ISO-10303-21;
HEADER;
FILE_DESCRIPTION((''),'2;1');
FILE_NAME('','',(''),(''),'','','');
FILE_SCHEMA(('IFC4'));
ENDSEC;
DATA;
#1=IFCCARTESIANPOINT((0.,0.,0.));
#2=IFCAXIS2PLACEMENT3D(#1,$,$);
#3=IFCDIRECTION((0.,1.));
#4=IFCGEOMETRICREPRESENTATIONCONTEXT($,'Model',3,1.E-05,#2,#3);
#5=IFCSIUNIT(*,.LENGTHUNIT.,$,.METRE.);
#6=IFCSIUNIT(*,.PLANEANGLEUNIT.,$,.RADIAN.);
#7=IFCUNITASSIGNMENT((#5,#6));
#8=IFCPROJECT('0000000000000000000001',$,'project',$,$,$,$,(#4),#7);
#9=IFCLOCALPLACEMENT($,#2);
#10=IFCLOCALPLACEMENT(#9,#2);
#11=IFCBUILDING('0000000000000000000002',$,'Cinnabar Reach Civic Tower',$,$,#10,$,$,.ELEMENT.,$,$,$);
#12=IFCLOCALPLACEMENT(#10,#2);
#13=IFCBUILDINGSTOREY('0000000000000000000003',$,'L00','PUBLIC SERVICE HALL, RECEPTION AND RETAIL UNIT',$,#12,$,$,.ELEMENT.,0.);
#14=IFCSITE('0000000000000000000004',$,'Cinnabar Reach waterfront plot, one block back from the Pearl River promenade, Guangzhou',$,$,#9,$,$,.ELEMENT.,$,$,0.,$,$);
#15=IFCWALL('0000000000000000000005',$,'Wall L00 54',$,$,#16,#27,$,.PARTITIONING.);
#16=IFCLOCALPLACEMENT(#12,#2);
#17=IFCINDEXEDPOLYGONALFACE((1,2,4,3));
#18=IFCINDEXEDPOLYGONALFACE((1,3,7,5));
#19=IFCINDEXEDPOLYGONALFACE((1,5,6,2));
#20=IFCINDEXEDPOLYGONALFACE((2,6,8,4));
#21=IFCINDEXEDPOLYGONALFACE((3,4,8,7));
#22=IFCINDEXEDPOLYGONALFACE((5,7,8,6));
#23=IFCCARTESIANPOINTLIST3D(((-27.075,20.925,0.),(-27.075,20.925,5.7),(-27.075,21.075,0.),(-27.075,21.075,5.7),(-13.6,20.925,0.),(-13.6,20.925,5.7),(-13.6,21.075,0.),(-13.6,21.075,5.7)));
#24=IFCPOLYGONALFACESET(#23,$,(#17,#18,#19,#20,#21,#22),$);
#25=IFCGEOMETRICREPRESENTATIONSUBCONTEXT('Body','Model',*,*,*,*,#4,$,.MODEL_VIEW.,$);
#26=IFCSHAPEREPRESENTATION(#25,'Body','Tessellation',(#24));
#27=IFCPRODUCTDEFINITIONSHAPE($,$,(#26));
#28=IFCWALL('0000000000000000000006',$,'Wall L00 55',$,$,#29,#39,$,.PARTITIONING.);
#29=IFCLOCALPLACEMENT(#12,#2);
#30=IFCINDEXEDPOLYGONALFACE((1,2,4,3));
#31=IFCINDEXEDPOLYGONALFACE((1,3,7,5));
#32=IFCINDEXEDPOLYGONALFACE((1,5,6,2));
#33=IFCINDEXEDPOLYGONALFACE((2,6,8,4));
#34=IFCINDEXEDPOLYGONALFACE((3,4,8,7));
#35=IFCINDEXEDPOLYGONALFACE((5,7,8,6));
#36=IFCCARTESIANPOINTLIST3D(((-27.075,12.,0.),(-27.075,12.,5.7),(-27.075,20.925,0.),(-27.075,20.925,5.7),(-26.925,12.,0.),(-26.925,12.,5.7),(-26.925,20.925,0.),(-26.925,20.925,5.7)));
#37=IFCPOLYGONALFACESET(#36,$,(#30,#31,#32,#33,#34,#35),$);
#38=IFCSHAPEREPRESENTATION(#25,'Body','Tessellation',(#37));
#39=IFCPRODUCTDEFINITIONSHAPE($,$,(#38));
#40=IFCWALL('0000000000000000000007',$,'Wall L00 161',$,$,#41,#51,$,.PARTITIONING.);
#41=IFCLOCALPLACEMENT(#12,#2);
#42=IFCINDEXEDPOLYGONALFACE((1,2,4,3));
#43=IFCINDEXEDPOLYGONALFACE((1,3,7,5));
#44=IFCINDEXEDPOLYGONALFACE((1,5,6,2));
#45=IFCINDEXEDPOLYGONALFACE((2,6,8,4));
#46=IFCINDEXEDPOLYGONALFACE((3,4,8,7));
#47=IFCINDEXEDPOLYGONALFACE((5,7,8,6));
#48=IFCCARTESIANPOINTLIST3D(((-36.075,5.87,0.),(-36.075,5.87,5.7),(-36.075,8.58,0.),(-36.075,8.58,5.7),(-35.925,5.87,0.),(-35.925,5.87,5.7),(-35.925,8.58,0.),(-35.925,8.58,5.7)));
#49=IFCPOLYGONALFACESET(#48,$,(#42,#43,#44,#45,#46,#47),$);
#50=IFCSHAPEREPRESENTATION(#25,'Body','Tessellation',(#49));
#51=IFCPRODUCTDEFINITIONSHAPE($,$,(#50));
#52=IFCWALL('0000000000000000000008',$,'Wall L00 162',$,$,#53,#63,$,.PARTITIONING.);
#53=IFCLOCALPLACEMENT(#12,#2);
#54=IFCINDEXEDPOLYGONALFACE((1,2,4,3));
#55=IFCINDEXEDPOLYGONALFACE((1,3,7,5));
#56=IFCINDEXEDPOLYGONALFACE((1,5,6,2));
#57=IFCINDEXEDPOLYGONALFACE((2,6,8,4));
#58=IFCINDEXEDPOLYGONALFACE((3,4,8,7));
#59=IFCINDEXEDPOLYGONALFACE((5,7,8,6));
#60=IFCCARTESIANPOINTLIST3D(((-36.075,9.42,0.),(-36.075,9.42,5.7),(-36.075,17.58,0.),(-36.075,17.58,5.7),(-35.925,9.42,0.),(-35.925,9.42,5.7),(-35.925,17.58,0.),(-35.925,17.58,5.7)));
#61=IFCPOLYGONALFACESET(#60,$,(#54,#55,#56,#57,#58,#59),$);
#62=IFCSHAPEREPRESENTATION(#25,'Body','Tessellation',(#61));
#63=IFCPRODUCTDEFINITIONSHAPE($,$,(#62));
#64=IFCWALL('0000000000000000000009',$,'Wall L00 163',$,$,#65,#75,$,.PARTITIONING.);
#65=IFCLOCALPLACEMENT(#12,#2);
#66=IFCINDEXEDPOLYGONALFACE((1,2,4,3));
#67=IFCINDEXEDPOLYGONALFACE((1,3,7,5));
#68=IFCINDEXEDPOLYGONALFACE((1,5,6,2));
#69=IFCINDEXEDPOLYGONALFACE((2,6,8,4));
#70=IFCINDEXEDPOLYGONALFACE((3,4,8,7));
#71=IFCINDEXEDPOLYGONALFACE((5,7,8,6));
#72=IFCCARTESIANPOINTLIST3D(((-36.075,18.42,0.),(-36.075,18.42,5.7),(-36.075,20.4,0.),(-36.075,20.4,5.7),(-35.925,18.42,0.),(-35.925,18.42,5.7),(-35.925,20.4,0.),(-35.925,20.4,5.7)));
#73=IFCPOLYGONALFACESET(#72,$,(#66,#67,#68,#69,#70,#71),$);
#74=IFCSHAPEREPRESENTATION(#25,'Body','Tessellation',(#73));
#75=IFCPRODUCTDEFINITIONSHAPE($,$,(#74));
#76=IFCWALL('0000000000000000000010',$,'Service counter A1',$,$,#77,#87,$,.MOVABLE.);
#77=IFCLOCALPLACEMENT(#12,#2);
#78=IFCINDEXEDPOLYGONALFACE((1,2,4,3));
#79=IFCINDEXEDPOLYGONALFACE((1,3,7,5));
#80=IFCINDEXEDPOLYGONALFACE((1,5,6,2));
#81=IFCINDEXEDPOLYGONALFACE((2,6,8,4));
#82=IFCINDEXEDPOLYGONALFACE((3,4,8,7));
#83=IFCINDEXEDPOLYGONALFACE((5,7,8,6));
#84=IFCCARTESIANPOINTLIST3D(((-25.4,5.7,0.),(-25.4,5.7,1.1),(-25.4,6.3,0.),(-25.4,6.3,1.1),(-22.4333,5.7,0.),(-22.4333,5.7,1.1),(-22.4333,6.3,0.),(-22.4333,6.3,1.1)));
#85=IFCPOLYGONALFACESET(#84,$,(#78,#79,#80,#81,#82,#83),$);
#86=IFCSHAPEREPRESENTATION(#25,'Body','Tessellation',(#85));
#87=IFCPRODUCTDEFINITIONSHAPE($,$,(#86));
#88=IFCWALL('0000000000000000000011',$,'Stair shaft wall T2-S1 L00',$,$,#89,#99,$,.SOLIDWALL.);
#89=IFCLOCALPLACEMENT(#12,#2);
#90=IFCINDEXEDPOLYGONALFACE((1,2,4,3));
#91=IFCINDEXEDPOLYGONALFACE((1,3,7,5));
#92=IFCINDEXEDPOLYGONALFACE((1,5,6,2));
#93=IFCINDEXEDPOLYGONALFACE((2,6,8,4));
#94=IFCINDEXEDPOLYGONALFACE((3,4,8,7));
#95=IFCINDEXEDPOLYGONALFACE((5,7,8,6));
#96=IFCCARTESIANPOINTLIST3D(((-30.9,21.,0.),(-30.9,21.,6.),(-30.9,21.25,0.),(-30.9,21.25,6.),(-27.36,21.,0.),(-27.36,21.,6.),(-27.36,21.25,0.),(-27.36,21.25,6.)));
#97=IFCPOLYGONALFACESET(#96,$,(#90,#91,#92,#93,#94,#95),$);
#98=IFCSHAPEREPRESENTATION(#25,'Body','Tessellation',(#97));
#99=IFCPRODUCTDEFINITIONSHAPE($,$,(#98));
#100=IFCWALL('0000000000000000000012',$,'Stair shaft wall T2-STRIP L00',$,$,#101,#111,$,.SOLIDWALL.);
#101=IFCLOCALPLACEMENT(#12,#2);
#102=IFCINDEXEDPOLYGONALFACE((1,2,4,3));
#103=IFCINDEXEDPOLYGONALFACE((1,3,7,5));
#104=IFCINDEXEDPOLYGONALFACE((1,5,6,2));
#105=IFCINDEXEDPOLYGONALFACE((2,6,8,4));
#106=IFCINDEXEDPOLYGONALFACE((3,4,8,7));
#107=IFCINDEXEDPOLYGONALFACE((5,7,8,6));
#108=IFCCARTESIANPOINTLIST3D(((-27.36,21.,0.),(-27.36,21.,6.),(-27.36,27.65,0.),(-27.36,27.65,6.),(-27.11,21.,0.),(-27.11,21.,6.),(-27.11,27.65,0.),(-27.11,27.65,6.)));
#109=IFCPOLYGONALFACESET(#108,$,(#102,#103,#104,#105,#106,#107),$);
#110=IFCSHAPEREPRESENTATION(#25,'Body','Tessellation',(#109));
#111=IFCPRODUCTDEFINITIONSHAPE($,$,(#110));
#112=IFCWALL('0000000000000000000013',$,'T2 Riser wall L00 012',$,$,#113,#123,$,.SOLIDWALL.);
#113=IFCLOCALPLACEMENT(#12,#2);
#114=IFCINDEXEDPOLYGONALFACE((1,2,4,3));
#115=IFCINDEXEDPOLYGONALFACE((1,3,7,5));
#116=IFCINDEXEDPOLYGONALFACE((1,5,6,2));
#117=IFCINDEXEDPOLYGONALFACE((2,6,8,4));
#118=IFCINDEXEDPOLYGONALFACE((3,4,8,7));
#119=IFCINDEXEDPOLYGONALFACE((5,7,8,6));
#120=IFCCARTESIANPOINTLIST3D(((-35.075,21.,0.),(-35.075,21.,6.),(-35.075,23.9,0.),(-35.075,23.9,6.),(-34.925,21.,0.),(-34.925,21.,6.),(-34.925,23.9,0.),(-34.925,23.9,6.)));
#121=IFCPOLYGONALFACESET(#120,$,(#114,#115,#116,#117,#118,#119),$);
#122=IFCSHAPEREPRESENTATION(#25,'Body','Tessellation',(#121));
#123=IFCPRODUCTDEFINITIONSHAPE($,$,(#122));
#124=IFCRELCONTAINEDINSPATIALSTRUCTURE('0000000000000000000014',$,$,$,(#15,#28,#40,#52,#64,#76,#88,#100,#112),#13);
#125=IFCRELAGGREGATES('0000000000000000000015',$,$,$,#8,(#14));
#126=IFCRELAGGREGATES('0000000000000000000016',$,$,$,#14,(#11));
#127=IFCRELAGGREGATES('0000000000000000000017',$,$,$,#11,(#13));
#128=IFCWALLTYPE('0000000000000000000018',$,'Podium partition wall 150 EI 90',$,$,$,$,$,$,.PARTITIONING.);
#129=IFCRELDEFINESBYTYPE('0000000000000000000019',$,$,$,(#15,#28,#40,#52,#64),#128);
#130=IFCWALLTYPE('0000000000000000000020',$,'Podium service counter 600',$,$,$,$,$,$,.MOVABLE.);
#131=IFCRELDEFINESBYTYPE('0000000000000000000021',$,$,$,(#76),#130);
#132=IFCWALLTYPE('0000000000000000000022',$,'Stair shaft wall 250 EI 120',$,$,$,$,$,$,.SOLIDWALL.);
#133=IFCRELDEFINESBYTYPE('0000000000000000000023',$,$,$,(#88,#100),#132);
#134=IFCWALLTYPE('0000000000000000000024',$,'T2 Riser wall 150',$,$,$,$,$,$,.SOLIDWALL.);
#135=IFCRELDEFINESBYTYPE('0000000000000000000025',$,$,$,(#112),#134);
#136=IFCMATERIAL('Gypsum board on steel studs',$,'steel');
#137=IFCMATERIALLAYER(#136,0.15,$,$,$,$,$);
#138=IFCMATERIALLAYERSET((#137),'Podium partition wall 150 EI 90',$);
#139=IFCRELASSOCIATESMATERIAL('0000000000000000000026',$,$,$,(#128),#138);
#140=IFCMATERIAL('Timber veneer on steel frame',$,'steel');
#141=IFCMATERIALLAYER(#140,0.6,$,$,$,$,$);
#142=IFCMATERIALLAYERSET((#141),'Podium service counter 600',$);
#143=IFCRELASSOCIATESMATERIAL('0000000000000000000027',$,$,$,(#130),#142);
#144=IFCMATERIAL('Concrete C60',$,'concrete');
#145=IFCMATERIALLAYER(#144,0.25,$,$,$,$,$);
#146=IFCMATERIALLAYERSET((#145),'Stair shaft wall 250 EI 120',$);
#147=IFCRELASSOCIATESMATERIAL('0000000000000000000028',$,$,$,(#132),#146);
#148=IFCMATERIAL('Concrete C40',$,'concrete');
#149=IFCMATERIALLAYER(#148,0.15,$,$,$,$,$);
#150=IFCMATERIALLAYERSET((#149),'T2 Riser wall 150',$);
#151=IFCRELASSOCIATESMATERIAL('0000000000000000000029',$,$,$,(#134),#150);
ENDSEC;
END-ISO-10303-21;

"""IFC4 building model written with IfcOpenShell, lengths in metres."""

from ifc_helpers import new_model, si_unit, direction, frame, frame_2d, origin, place, context, subcontext, project, spatial, rectangle, extrude, material, layer, layer_set, type_object, element, save


model = new_model("IFC4")

# Units and contexts
model_context = context("Model", 3, precision=1e-05, world=origin(), true_north=direction((0.0, 1.0)))
body_context = subcontext(model_context, "Body", "Model", "MODEL_VIEW")
ifc_project = project(units=[si_unit("LENGTHUNIT", "METRE"), si_unit("PLANEANGLEUNIT", "RADIAN")], contexts=[model_context])

# Site, building, storey
site_placement = place(None, origin())
site = spatial("IfcSite", under=ifc_project, at=site_placement, Name="Cinnabar Reach waterfront plot, one block back from the Pearl River promenade, Guangzhou", CompositionType="ELEMENT", RefElevation=0.0)
building_placement = place(site_placement, origin())
building = spatial("IfcBuilding", under=site, at=building_placement, Name="Cinnabar Reach Civic Tower", CompositionType="ELEMENT")
storey_placement = place(building_placement, origin())
storey = spatial("IfcBuildingStorey", under=building, at=storey_placement, Name="L00", Description="PUBLIC SERVICE HALL, RECEPTION AND RETAIL UNIT", CompositionType="ELEMENT", Elevation=0.0)

# Shared definitions
ifc_material_1 = material(Name="Concrete C60", Category="concrete")

# Shared definitions
ifc_material_2 = material(Name="Concrete C40", Category="concrete")

# Walls
ifc_material_3 = material(Name="Gypsum board on steel studs", Category="steel")
ifc_layer_1 = layer(ifc_material_3, 0.15)
ifc_layer_set_1 = layer_set([ifc_layer_1], Name="Podium partition wall 150 EI 90")
wall_type_1 = type_object("IfcWallType", Name="Podium partition wall 150 EI 90", PredefinedType="PARTITIONING", material=ifc_layer_set_1)
wall_1_placement = place(storey_placement, frame((-27.075, 21.0, 0.0), z_axis=(0.0, 0.0, 1.0), x_axis=(1.0, 0.0, 0.0)))
element("IfcWall", 1, at=wall_1_placement, inside=storey, type_object=wall_type_1, Name="Wall L00 54", PredefinedType="PARTITIONING", context=body_context, shape_type="SweptSolid", body=[
    extrude(rectangle(XDim=13.475, YDim=0.15, at=frame_2d((6.7375, 0.0))), origin(), (0.0, 0.0, 1.0), 5.7),
])
wall_2_placement = place(storey_placement, frame((-27.0, 12.0, 0.0), z_axis=(0.0, 0.0, 1.0), x_axis=(0.0, 1.0, 0.0)))
element("IfcWall", 2, at=wall_2_placement, inside=storey, type_object=wall_type_1, Name="Wall L00 55", PredefinedType="PARTITIONING", context=body_context, shape_type="SweptSolid", body=[
    extrude(rectangle(XDim=8.925, YDim=0.15, at=frame_2d((4.4625, 0.0))), origin(), (0.0, 0.0, 1.0), 5.7),
])
wall_3_placement = place(storey_placement, frame((-36.0, 5.87, 0.0), z_axis=(0.0, 0.0, 1.0), x_axis=(0.0, 1.0, 0.0)))
element("IfcWall", 3, at=wall_3_placement, inside=storey, type_object=wall_type_1, Name="Wall L00 161", PredefinedType="PARTITIONING", context=body_context, shape_type="SweptSolid", body=[
    extrude(rectangle(XDim=2.71, YDim=0.15, at=frame_2d((1.355, 0.0))), origin(), (0.0, 0.0, 1.0), 5.7),
])
wall_4_placement = place(storey_placement, frame((-36.0, 9.42, 0.0), z_axis=(0.0, 0.0, 1.0), x_axis=(0.0, 1.0, 0.0)))
element("IfcWall", 4, at=wall_4_placement, inside=storey, type_object=wall_type_1, Name="Wall L00 162", PredefinedType="PARTITIONING", context=body_context, shape_type="SweptSolid", body=[
    extrude(rectangle(XDim=8.16, YDim=0.15, at=frame_2d((4.08, 0.0))), origin(), (0.0, 0.0, 1.0), 5.7),
])
wall_5_placement = place(storey_placement, frame((-36.0, 18.42, 0.0), z_axis=(0.0, 0.0, 1.0), x_axis=(0.0, 1.0, 0.0)))
element("IfcWall", 5, at=wall_5_placement, inside=storey, type_object=wall_type_1, Name="Wall L00 163", PredefinedType="PARTITIONING", context=body_context, shape_type="SweptSolid", body=[
    extrude(rectangle(XDim=1.98, YDim=0.15, at=frame_2d((0.99, 0.0))), origin(), (0.0, 0.0, 1.0), 5.7),
])
ifc_material_4 = material(Name="Timber veneer on steel frame", Category="steel")
ifc_layer_2 = layer(ifc_material_4, 0.6)
ifc_layer_set_2 = layer_set([ifc_layer_2], Name="Podium service counter 600")
wall_type_2 = type_object("IfcWallType", Name="Podium service counter 600", PredefinedType="MOVABLE", material=ifc_layer_set_2)
wall_6_placement = place(storey_placement, frame((-25.4, 6.0, 0.0), z_axis=(0.0, 0.0, 1.0), x_axis=(1.0, 0.0, 0.0)))
element("IfcWall", 6, at=wall_6_placement, inside=storey, type_object=wall_type_2, Name="Service counter A1", PredefinedType="MOVABLE", context=body_context, shape_type="SweptSolid", body=[
    extrude(rectangle(XDim=2.9667, YDim=0.6, at=frame_2d((1.4833, 0.0))), origin(), (0.0, 0.0, 1.0), 1.1),
])
ifc_layer_3 = layer(ifc_material_1, 0.25)
ifc_layer_set_3 = layer_set([ifc_layer_3], Name="Stair shaft wall 250 EI 120")
wall_type_3 = type_object("IfcWallType", Name="Stair shaft wall 250 EI 120", PredefinedType="SOLIDWALL", material=ifc_layer_set_3)
wall_7_placement = place(storey_placement, frame((-30.9, 21.125, 0.0), z_axis=(0.0, 0.0, 1.0), x_axis=(1.0, 0.0, 0.0)))
element("IfcWall", 7, at=wall_7_placement, inside=storey, type_object=wall_type_3, Name="Stair shaft wall T2-S1 L00", PredefinedType="SOLIDWALL", context=body_context, shape_type="SweptSolid", body=[
    extrude(rectangle(XDim=3.54, YDim=0.25, at=frame_2d((1.77, 0.0))), origin(), (0.0, 0.0, 1.0), 6.0),
])
wall_8_placement = place(storey_placement, frame((-27.235, 21.0, 0.0), z_axis=(0.0, 0.0, 1.0), x_axis=(0.0, 1.0, 0.0)))
element("IfcWall", 8, at=wall_8_placement, inside=storey, type_object=wall_type_3, Name="Stair shaft wall T2-STRIP L00", PredefinedType="SOLIDWALL", context=body_context, shape_type="SweptSolid", body=[
    extrude(rectangle(XDim=6.65, YDim=0.25, at=frame_2d((3.325, 0.0))), origin(), (0.0, 0.0, 1.0), 6.0),
])
ifc_layer_4 = layer(ifc_material_2, 0.15)
ifc_layer_set_4 = layer_set([ifc_layer_4], Name="T2 Riser wall 150")
wall_type_4 = type_object("IfcWallType", Name="T2 Riser wall 150", PredefinedType="SOLIDWALL", material=ifc_layer_set_4)
wall_9_placement = place(storey_placement, frame((-35.0, 21.0, 0.0), z_axis=(0.0, 0.0, 1.0), x_axis=(0.0, 1.0, 0.0)))
element("IfcWall", 9, at=wall_9_placement, inside=storey, type_object=wall_type_4, Name="T2 Riser wall L00 012", PredefinedType="SOLIDWALL", context=body_context, shape_type="SweptSolid", body=[
    extrude(rectangle(XDim=2.9, YDim=0.15, at=frame_2d((1.45, 0.0))), origin(), (0.0, 0.0, 1.0), 6.0),
])

save(model, "model.ifc")
